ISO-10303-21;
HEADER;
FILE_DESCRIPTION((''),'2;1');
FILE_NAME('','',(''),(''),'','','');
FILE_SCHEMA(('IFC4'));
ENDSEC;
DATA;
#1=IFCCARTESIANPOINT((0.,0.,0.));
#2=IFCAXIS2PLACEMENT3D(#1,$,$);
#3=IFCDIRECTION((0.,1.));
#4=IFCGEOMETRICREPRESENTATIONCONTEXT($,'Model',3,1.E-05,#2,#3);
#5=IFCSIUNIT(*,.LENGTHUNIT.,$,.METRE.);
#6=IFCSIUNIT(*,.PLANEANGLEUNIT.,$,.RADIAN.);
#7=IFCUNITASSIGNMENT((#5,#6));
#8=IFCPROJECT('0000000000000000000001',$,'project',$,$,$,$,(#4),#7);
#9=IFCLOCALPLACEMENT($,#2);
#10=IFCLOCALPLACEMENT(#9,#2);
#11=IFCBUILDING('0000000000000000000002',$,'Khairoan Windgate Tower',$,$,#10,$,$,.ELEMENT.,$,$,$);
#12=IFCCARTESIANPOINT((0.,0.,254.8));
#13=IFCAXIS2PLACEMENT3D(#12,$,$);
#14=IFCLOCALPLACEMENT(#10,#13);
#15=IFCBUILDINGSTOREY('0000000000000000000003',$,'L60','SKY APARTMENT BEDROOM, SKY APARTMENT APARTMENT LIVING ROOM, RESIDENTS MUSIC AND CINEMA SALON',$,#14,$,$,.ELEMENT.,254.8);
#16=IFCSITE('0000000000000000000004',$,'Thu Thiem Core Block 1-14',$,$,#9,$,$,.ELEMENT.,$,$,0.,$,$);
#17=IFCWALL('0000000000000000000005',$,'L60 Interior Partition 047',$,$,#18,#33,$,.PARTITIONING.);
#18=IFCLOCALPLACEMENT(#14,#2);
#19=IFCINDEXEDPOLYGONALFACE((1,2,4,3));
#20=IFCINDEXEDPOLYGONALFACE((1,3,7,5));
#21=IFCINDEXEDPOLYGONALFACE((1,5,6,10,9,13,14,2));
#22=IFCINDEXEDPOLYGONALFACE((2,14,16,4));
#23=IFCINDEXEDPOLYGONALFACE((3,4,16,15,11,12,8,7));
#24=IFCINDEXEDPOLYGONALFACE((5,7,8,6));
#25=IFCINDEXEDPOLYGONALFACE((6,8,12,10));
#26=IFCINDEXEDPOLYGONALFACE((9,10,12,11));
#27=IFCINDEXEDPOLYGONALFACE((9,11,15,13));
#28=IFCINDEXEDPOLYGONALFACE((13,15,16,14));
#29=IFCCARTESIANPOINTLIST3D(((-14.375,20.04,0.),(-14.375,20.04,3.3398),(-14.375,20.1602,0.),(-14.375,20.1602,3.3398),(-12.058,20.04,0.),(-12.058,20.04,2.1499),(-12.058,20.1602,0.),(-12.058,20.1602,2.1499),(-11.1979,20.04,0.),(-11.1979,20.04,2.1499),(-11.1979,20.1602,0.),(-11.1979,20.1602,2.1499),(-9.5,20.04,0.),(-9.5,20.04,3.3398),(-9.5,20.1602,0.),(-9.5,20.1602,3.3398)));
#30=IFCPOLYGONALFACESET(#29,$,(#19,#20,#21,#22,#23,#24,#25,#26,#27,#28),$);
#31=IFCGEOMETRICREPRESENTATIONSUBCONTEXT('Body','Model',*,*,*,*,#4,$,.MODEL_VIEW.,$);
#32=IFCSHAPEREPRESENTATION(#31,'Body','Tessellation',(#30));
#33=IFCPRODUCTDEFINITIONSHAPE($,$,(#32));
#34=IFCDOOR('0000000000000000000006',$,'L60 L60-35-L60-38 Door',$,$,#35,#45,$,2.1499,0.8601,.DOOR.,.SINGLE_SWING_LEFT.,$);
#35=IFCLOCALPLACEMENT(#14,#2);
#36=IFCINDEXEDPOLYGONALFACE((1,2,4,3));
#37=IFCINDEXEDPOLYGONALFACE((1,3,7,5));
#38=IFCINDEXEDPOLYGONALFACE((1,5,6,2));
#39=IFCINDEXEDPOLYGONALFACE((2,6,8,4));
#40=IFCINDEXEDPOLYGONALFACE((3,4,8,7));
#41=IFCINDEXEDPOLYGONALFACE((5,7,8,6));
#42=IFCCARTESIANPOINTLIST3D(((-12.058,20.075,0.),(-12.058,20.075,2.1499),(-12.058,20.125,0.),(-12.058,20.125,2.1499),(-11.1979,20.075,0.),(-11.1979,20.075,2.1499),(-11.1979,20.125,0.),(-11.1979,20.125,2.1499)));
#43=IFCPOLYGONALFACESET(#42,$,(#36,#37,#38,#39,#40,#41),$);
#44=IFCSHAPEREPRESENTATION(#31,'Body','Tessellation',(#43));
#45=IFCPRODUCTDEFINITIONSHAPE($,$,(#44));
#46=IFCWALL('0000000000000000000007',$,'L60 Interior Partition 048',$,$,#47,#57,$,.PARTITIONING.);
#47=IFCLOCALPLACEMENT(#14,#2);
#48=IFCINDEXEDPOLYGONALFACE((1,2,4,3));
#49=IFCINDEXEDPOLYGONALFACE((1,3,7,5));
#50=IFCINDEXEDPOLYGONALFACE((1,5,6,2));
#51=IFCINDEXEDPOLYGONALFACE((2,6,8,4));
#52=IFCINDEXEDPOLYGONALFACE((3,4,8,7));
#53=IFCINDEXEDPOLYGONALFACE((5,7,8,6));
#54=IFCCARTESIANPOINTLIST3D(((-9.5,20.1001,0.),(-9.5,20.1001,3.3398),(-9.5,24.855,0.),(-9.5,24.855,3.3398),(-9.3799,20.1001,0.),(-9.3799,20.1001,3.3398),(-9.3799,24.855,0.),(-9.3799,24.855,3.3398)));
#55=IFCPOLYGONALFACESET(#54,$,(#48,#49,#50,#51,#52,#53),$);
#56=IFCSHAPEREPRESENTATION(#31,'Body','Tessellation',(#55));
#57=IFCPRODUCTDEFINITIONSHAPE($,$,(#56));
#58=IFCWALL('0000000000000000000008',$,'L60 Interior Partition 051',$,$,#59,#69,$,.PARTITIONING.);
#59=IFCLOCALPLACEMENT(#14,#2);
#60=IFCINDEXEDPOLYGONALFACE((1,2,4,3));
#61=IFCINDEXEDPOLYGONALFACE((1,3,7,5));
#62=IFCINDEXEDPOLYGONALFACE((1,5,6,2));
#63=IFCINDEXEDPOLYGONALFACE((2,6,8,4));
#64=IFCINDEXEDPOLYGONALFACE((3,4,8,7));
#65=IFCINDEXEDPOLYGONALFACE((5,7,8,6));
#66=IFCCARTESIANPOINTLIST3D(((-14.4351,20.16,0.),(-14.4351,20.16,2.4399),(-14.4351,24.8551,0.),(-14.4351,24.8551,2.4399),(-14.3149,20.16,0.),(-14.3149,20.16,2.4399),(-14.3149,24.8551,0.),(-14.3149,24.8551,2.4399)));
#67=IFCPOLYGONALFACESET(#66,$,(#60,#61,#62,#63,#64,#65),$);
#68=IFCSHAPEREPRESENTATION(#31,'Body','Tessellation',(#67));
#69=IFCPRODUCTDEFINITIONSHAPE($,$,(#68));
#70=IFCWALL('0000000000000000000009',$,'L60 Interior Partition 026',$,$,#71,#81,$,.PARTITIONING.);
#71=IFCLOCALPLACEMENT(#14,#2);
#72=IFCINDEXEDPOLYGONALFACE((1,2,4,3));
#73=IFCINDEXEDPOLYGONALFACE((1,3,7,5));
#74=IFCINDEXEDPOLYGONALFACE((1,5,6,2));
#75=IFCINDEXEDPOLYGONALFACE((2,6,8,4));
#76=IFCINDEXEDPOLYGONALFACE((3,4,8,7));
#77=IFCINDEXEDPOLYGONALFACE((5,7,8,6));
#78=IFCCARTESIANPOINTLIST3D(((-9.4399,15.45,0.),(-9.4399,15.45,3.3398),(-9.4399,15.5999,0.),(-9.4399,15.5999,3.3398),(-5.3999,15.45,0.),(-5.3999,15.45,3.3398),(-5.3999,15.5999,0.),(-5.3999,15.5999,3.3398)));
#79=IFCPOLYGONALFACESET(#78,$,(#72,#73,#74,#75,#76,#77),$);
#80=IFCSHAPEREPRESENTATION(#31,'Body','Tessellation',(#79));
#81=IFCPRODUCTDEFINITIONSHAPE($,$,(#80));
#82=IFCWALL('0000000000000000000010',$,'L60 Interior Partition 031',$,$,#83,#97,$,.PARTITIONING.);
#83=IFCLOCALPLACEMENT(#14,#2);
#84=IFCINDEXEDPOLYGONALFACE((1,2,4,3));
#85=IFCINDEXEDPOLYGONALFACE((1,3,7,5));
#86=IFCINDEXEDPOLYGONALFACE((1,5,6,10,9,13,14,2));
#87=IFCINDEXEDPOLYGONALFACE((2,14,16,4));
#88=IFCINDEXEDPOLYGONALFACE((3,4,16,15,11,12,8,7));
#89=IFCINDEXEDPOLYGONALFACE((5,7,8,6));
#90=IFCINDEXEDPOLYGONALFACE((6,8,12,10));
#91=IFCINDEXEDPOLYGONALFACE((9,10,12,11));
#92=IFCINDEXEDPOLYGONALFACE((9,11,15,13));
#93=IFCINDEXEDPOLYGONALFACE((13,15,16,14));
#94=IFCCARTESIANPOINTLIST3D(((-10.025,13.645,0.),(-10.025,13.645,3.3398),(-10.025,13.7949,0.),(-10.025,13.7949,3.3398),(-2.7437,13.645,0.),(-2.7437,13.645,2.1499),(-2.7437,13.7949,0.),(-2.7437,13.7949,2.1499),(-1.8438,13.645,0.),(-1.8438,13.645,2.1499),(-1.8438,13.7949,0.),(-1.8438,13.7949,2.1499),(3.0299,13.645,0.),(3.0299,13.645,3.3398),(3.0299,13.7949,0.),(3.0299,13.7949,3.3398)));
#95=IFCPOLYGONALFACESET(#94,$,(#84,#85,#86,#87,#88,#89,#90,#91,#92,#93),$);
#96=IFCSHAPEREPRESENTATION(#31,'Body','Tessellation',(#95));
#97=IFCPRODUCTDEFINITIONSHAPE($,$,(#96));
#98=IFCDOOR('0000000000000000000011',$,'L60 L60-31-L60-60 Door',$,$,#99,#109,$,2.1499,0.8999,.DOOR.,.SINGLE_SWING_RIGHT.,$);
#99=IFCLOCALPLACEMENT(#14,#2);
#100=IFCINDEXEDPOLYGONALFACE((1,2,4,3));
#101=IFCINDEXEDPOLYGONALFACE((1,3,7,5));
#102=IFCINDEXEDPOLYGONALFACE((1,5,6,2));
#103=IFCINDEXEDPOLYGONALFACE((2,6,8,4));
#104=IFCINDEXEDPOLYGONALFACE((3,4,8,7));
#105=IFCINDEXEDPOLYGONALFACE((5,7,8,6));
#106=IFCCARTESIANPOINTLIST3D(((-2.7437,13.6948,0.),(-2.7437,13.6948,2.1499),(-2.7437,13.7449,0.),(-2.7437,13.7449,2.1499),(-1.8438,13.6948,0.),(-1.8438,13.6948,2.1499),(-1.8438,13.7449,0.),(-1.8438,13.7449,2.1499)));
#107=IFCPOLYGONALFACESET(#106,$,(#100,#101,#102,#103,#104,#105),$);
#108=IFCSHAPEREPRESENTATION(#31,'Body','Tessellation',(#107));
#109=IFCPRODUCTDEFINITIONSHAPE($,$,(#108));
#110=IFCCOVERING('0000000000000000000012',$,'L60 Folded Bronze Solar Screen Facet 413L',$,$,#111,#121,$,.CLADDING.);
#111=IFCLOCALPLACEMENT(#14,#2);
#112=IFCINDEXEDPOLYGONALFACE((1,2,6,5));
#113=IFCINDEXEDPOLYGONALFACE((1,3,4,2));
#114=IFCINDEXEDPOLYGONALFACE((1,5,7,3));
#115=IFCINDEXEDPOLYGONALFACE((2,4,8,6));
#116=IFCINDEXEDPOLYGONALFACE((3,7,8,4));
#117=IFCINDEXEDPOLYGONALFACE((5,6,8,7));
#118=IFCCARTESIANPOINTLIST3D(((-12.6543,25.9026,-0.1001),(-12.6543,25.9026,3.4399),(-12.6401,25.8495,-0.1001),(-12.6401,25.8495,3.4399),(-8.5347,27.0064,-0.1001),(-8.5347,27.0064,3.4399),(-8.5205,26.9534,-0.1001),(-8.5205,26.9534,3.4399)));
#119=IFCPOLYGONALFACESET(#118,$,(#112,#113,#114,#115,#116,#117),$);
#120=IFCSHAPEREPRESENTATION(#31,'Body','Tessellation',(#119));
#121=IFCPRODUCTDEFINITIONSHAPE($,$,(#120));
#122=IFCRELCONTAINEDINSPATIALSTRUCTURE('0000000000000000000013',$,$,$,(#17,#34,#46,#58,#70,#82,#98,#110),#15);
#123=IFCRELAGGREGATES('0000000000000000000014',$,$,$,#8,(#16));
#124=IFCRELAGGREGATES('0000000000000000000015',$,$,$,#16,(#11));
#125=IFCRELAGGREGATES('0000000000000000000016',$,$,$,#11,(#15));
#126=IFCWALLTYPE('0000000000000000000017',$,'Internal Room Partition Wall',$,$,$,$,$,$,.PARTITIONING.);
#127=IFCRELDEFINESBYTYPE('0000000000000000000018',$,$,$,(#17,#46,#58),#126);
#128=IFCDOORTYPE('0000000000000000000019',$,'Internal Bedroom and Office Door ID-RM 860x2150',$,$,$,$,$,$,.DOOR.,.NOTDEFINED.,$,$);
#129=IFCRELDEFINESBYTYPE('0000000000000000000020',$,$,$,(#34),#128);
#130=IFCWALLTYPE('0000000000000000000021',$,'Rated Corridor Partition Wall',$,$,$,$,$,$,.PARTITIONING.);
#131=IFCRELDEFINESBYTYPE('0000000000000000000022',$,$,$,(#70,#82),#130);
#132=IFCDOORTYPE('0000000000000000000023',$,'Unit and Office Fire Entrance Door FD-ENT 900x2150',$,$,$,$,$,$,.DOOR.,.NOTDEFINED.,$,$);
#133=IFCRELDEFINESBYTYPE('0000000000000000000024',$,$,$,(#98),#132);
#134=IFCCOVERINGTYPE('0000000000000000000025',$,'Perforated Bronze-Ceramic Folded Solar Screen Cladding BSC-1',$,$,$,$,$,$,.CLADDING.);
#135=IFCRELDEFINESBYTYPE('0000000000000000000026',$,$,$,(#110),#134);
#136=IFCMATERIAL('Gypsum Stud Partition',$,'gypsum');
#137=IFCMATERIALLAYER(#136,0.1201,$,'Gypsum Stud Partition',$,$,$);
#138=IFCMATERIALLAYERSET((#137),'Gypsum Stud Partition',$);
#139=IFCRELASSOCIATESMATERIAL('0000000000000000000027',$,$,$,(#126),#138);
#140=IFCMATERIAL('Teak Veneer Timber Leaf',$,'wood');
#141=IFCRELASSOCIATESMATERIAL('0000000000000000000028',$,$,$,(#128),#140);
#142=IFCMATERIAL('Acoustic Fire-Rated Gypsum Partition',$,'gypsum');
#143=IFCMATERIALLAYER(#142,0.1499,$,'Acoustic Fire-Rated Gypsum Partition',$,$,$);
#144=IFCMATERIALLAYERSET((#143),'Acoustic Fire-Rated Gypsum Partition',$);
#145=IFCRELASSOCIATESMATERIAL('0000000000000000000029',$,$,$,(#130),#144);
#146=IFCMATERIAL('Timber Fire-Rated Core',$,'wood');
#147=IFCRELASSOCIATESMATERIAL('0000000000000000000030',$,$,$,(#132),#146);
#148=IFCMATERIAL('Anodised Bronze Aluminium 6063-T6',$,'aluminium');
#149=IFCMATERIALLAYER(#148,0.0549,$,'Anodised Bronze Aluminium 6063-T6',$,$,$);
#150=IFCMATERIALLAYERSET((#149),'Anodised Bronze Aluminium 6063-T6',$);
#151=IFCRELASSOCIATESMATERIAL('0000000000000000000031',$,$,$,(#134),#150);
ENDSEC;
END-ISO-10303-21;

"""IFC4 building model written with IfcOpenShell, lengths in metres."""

from ifc_helpers import new_model, si_unit, direction, frame, frame_2d, origin, origin_2d, place, context, subcontext, project, spatial, rectangle, extrude, material, layer, layer_set, type_object, element, fill, save


model = new_model("IFC4")

# Units and contexts
model_context = context("Model", 3, precision=1e-05, world=origin(), true_north=direction((0.0, 1.0)))
body_context = subcontext(model_context, "Body", "Model", "MODEL_VIEW")
ifc_project = project(units=[si_unit("LENGTHUNIT", "METRE"), si_unit("PLANEANGLEUNIT", "RADIAN")], contexts=[model_context])

# Site, building, storey
site_placement = place(None, origin())
site = spatial("IfcSite", under=ifc_project, at=site_placement, Name="Thu Thiem Core Block 1-14", CompositionType="ELEMENT", RefElevation=0.0)
building_placement = place(site_placement, origin())
building = spatial("IfcBuilding", under=site, at=building_placement, Name="Khairoan Windgate Tower", CompositionType="ELEMENT")
storey_placement = place(building_placement, frame((0.0, 0.0, 254.8)))
storey = spatial("IfcBuildingStorey", under=building, at=storey_placement, Name="L60", Description="SKY APARTMENT BEDROOM, SKY APARTMENT APARTMENT LIVING ROOM, RESIDENTS MUSIC AND CINEMA SALON", CompositionType="ELEMENT", Elevation=254.8)

# Wall, opening, door
ifc_material_1 = material(Name="Gypsum Stud Partition", Category="gypsum")
ifc_layer_1 = layer(ifc_material_1, 0.1201, Name="Gypsum Stud Partition")
ifc_layer_set_1 = layer_set([ifc_layer_1], Name="Gypsum Stud Partition")
wall_type_1 = type_object("IfcWallType", Name="Internal Room Partition Wall", PredefinedType="PARTITIONING", material=ifc_layer_set_1)
ifc_material_2 = material(Name="Teak Veneer Timber Leaf", Category="wood")
door_type_1 = type_object("IfcDoorType", Name="Internal Bedroom and Office Door ID-RM 860x2150", OperationType="NOTDEFINED", PredefinedType="DOOR", material=ifc_material_2)
wall_1_placement = place(storey_placement, frame((-14.375, 20.1001, 0.0), z_axis=(0.0, 0.0, 1.0), x_axis=(1.0, 0.0, 0.0)))
wall_1 = element("IfcWall", 1, at=wall_1_placement, inside=storey, type_object=wall_type_1, Name="L60 Interior Partition 047", PredefinedType="PARTITIONING", context=body_context, shape_type="SweptSolid", body=[
    extrude(rectangle(XDim=4.875, YDim=0.1201, at=frame_2d((2.4375, 0.0))), origin(), (0.0, 0.0, 1.0), 3.3398),
])
opening_1_placement = place(wall_1_placement, frame((2.3169, 0.0, 0.0)))
opening_1 = element("IfcOpeningElement", 2, at=opening_1_placement, cuts=wall_1, PredefinedType="OPENING", context=body_context, shape_type="SweptSolid", body=[
    extrude(rectangle(XDim=0.8601, YDim=2.1499, at=frame_2d((0.4302, 1.075))), frame((0.0, 0.0701, 0.0), z_axis=(0.0, -1.0, 0.0), x_axis=(1.0, 0.0, 0.0)), (0.0, 0.0, 1.0), 0.1401),
])
door_1_placement = place(opening_1_placement, origin())
door_1 = element("IfcDoor", 3, at=door_1_placement, inside=storey, type_object=door_type_1, Name="L60 L60-35-L60-38 Door", OperationType="SINGLE_SWING_LEFT", OverallHeight=2.1499, OverallWidth=0.8601, PredefinedType="DOOR", context=body_context, shape_type="SweptSolid", body=[
    extrude(rectangle(XDim=0.8601, YDim=2.1499, at=frame_2d((0.4302, 1.075))), frame((0.0, 0.0249, 0.0), z_axis=(0.0, -1.0, 0.0), x_axis=(1.0, 0.0, 0.0)), (0.0, 0.0, 1.0), 0.05),
])
fill(opening_1, door_1)

# Walls
wall_2_placement = place(storey_placement, frame((-9.4399, 20.1001, 0.0), z_axis=(0.0, 0.0, 1.0), x_axis=(0.0, 1.0, 0.0)))
element("IfcWall", 4, at=wall_2_placement, inside=storey, type_object=wall_type_1, Name="L60 Interior Partition 048", PredefinedType="PARTITIONING", context=body_context, shape_type="SweptSolid", body=[
    extrude(rectangle(XDim=4.7549, YDim=0.1201, at=frame_2d((2.3774, 0.0))), origin(), (0.0, 0.0, 1.0), 3.3398),
])
wall_3_placement = place(storey_placement, frame((-14.375, 20.1599, 0.0), z_axis=(0.0, 0.0, 1.0), x_axis=(0.0, 1.0, 0.0)))
element("IfcWall", 5, at=wall_3_placement, inside=storey, type_object=wall_type_1, Name="L60 Interior Partition 051", PredefinedType="PARTITIONING", context=body_context, shape_type="SweptSolid", body=[
    extrude(rectangle(XDim=4.6951, YDim=0.1201, at=frame_2d((2.3477, 0.0))), origin(), (0.0, 0.0, 1.0), 2.4399),
])
ifc_material_3 = material(Name="Acoustic Fire-Rated Gypsum Partition", Category="gypsum")
ifc_layer_2 = layer(ifc_material_3, 0.1499, Name="Acoustic Fire-Rated Gypsum Partition")
ifc_layer_set_2 = layer_set([ifc_layer_2], Name="Acoustic Fire-Rated Gypsum Partition")
wall_type_2 = type_object("IfcWallType", Name="Rated Corridor Partition Wall", PredefinedType="PARTITIONING", material=ifc_layer_set_2)
wall_4_placement = place(storey_placement, frame((-9.4399, 15.5249, 0.0), z_axis=(0.0, 0.0, 1.0), x_axis=(1.0, 0.0, 0.0)))
element("IfcWall", 6, at=wall_4_placement, inside=storey, type_object=wall_type_2, Name="L60 Interior Partition 026", PredefinedType="PARTITIONING", context=body_context, shape_type="SweptSolid", body=[
    extrude(rectangle(XDim=4.04, YDim=0.1499, at=frame_2d((2.02, 0.0))), origin(), (0.0, 0.0, 1.0), 3.3398),
])

# Wall, opening, door
wall_5_placement = place(storey_placement, frame((-10.0249, 13.72, 0.0), z_axis=(0.0, 0.0, 1.0), x_axis=(1.0, 0.0, 0.0)))
wall_5 = element("IfcWall", 7, at=wall_5_placement, inside=storey, type_object=wall_type_2, Name="L60 Interior Partition 031", PredefinedType="PARTITIONING", context=body_context, shape_type="SweptSolid", body=[
    extrude(rectangle(XDim=13.0549, YDim=0.1499, at=frame_2d((6.5273, 0.0))), origin(), (0.0, 0.0, 1.0), 3.3398),
])
opening_2_placement = place(wall_5_placement, frame((7.2812, 0.0, 0.0)))
opening_2 = element("IfcOpeningElement", 8, at=opening_2_placement, cuts=wall_5, PredefinedType="OPENING", context=body_context, shape_type="SweptSolid", body=[
    extrude(rectangle(XDim=0.8999, YDim=2.1499, at=frame_2d((0.45, 1.075))), frame((0.0, 0.085, 0.0), z_axis=(0.0, -1.0, 0.0), x_axis=(1.0, 0.0, 0.0)), (0.0, 0.0, 1.0), 0.1699),
])
ifc_material_4 = material(Name="Timber Fire-Rated Core", Category="wood")
door_type_2 = type_object("IfcDoorType", Name="Unit and Office Fire Entrance Door FD-ENT 900x2150", OperationType="NOTDEFINED", PredefinedType="DOOR", material=ifc_material_4)
door_2_placement = place(opening_2_placement, origin())
door_2 = element("IfcDoor", 9, at=door_2_placement, inside=storey, type_object=door_type_2, Name="L60 L60-31-L60-60 Door", OperationType="SINGLE_SWING_RIGHT", OverallHeight=2.1499, OverallWidth=0.8999, PredefinedType="DOOR", context=body_context, shape_type="SweptSolid", body=[
    extrude(rectangle(XDim=0.8999, YDim=2.1499, at=frame_2d((0.45, 1.075))), frame((0.0, 0.0249, 0.0), z_axis=(0.0, -1.0, 0.0), x_axis=(1.0, 0.0, 0.0)), (0.0, 0.0, 1.0), 0.05),
])
fill(opening_2, door_2)

# Covering
ifc_material_5 = material(Name="Anodised Bronze Aluminium 6063-T6", Category="aluminium")
ifc_layer_3 = layer(ifc_material_5, 0.0549, Name="Anodised Bronze Aluminium 6063-T6")
ifc_layer_set_3 = layer_set([ifc_layer_3], Name="Anodised Bronze Aluminium 6063-T6")
covering_type = type_object("IfcCoveringType", Name="Perforated Bronze-Ceramic Folded Solar Screen Cladding BSC-1", PredefinedType="CLADDING", material=ifc_layer_set_3)
covering_placement = place(storey_placement, frame((-10.5874, 26.428, -0.1001), z_axis=(0.0, 0.0, 1.0), x_axis=(0.965926, 0.258819, 0.0)))
element("IfcCovering", 10, at=covering_placement, inside=storey, type_object=covering_type, Name="L60 Folded Bronze Solar Screen Facet 413L", PredefinedType="CLADDING", context=body_context, shape_type="SweptSolid", body=[
    extrude(rectangle(XDim=4.2649, YDim=0.0549, at=origin_2d()), origin(), (0.0, 0.0, 1.0), 3.54),
])

save(model, "model.ifc")
